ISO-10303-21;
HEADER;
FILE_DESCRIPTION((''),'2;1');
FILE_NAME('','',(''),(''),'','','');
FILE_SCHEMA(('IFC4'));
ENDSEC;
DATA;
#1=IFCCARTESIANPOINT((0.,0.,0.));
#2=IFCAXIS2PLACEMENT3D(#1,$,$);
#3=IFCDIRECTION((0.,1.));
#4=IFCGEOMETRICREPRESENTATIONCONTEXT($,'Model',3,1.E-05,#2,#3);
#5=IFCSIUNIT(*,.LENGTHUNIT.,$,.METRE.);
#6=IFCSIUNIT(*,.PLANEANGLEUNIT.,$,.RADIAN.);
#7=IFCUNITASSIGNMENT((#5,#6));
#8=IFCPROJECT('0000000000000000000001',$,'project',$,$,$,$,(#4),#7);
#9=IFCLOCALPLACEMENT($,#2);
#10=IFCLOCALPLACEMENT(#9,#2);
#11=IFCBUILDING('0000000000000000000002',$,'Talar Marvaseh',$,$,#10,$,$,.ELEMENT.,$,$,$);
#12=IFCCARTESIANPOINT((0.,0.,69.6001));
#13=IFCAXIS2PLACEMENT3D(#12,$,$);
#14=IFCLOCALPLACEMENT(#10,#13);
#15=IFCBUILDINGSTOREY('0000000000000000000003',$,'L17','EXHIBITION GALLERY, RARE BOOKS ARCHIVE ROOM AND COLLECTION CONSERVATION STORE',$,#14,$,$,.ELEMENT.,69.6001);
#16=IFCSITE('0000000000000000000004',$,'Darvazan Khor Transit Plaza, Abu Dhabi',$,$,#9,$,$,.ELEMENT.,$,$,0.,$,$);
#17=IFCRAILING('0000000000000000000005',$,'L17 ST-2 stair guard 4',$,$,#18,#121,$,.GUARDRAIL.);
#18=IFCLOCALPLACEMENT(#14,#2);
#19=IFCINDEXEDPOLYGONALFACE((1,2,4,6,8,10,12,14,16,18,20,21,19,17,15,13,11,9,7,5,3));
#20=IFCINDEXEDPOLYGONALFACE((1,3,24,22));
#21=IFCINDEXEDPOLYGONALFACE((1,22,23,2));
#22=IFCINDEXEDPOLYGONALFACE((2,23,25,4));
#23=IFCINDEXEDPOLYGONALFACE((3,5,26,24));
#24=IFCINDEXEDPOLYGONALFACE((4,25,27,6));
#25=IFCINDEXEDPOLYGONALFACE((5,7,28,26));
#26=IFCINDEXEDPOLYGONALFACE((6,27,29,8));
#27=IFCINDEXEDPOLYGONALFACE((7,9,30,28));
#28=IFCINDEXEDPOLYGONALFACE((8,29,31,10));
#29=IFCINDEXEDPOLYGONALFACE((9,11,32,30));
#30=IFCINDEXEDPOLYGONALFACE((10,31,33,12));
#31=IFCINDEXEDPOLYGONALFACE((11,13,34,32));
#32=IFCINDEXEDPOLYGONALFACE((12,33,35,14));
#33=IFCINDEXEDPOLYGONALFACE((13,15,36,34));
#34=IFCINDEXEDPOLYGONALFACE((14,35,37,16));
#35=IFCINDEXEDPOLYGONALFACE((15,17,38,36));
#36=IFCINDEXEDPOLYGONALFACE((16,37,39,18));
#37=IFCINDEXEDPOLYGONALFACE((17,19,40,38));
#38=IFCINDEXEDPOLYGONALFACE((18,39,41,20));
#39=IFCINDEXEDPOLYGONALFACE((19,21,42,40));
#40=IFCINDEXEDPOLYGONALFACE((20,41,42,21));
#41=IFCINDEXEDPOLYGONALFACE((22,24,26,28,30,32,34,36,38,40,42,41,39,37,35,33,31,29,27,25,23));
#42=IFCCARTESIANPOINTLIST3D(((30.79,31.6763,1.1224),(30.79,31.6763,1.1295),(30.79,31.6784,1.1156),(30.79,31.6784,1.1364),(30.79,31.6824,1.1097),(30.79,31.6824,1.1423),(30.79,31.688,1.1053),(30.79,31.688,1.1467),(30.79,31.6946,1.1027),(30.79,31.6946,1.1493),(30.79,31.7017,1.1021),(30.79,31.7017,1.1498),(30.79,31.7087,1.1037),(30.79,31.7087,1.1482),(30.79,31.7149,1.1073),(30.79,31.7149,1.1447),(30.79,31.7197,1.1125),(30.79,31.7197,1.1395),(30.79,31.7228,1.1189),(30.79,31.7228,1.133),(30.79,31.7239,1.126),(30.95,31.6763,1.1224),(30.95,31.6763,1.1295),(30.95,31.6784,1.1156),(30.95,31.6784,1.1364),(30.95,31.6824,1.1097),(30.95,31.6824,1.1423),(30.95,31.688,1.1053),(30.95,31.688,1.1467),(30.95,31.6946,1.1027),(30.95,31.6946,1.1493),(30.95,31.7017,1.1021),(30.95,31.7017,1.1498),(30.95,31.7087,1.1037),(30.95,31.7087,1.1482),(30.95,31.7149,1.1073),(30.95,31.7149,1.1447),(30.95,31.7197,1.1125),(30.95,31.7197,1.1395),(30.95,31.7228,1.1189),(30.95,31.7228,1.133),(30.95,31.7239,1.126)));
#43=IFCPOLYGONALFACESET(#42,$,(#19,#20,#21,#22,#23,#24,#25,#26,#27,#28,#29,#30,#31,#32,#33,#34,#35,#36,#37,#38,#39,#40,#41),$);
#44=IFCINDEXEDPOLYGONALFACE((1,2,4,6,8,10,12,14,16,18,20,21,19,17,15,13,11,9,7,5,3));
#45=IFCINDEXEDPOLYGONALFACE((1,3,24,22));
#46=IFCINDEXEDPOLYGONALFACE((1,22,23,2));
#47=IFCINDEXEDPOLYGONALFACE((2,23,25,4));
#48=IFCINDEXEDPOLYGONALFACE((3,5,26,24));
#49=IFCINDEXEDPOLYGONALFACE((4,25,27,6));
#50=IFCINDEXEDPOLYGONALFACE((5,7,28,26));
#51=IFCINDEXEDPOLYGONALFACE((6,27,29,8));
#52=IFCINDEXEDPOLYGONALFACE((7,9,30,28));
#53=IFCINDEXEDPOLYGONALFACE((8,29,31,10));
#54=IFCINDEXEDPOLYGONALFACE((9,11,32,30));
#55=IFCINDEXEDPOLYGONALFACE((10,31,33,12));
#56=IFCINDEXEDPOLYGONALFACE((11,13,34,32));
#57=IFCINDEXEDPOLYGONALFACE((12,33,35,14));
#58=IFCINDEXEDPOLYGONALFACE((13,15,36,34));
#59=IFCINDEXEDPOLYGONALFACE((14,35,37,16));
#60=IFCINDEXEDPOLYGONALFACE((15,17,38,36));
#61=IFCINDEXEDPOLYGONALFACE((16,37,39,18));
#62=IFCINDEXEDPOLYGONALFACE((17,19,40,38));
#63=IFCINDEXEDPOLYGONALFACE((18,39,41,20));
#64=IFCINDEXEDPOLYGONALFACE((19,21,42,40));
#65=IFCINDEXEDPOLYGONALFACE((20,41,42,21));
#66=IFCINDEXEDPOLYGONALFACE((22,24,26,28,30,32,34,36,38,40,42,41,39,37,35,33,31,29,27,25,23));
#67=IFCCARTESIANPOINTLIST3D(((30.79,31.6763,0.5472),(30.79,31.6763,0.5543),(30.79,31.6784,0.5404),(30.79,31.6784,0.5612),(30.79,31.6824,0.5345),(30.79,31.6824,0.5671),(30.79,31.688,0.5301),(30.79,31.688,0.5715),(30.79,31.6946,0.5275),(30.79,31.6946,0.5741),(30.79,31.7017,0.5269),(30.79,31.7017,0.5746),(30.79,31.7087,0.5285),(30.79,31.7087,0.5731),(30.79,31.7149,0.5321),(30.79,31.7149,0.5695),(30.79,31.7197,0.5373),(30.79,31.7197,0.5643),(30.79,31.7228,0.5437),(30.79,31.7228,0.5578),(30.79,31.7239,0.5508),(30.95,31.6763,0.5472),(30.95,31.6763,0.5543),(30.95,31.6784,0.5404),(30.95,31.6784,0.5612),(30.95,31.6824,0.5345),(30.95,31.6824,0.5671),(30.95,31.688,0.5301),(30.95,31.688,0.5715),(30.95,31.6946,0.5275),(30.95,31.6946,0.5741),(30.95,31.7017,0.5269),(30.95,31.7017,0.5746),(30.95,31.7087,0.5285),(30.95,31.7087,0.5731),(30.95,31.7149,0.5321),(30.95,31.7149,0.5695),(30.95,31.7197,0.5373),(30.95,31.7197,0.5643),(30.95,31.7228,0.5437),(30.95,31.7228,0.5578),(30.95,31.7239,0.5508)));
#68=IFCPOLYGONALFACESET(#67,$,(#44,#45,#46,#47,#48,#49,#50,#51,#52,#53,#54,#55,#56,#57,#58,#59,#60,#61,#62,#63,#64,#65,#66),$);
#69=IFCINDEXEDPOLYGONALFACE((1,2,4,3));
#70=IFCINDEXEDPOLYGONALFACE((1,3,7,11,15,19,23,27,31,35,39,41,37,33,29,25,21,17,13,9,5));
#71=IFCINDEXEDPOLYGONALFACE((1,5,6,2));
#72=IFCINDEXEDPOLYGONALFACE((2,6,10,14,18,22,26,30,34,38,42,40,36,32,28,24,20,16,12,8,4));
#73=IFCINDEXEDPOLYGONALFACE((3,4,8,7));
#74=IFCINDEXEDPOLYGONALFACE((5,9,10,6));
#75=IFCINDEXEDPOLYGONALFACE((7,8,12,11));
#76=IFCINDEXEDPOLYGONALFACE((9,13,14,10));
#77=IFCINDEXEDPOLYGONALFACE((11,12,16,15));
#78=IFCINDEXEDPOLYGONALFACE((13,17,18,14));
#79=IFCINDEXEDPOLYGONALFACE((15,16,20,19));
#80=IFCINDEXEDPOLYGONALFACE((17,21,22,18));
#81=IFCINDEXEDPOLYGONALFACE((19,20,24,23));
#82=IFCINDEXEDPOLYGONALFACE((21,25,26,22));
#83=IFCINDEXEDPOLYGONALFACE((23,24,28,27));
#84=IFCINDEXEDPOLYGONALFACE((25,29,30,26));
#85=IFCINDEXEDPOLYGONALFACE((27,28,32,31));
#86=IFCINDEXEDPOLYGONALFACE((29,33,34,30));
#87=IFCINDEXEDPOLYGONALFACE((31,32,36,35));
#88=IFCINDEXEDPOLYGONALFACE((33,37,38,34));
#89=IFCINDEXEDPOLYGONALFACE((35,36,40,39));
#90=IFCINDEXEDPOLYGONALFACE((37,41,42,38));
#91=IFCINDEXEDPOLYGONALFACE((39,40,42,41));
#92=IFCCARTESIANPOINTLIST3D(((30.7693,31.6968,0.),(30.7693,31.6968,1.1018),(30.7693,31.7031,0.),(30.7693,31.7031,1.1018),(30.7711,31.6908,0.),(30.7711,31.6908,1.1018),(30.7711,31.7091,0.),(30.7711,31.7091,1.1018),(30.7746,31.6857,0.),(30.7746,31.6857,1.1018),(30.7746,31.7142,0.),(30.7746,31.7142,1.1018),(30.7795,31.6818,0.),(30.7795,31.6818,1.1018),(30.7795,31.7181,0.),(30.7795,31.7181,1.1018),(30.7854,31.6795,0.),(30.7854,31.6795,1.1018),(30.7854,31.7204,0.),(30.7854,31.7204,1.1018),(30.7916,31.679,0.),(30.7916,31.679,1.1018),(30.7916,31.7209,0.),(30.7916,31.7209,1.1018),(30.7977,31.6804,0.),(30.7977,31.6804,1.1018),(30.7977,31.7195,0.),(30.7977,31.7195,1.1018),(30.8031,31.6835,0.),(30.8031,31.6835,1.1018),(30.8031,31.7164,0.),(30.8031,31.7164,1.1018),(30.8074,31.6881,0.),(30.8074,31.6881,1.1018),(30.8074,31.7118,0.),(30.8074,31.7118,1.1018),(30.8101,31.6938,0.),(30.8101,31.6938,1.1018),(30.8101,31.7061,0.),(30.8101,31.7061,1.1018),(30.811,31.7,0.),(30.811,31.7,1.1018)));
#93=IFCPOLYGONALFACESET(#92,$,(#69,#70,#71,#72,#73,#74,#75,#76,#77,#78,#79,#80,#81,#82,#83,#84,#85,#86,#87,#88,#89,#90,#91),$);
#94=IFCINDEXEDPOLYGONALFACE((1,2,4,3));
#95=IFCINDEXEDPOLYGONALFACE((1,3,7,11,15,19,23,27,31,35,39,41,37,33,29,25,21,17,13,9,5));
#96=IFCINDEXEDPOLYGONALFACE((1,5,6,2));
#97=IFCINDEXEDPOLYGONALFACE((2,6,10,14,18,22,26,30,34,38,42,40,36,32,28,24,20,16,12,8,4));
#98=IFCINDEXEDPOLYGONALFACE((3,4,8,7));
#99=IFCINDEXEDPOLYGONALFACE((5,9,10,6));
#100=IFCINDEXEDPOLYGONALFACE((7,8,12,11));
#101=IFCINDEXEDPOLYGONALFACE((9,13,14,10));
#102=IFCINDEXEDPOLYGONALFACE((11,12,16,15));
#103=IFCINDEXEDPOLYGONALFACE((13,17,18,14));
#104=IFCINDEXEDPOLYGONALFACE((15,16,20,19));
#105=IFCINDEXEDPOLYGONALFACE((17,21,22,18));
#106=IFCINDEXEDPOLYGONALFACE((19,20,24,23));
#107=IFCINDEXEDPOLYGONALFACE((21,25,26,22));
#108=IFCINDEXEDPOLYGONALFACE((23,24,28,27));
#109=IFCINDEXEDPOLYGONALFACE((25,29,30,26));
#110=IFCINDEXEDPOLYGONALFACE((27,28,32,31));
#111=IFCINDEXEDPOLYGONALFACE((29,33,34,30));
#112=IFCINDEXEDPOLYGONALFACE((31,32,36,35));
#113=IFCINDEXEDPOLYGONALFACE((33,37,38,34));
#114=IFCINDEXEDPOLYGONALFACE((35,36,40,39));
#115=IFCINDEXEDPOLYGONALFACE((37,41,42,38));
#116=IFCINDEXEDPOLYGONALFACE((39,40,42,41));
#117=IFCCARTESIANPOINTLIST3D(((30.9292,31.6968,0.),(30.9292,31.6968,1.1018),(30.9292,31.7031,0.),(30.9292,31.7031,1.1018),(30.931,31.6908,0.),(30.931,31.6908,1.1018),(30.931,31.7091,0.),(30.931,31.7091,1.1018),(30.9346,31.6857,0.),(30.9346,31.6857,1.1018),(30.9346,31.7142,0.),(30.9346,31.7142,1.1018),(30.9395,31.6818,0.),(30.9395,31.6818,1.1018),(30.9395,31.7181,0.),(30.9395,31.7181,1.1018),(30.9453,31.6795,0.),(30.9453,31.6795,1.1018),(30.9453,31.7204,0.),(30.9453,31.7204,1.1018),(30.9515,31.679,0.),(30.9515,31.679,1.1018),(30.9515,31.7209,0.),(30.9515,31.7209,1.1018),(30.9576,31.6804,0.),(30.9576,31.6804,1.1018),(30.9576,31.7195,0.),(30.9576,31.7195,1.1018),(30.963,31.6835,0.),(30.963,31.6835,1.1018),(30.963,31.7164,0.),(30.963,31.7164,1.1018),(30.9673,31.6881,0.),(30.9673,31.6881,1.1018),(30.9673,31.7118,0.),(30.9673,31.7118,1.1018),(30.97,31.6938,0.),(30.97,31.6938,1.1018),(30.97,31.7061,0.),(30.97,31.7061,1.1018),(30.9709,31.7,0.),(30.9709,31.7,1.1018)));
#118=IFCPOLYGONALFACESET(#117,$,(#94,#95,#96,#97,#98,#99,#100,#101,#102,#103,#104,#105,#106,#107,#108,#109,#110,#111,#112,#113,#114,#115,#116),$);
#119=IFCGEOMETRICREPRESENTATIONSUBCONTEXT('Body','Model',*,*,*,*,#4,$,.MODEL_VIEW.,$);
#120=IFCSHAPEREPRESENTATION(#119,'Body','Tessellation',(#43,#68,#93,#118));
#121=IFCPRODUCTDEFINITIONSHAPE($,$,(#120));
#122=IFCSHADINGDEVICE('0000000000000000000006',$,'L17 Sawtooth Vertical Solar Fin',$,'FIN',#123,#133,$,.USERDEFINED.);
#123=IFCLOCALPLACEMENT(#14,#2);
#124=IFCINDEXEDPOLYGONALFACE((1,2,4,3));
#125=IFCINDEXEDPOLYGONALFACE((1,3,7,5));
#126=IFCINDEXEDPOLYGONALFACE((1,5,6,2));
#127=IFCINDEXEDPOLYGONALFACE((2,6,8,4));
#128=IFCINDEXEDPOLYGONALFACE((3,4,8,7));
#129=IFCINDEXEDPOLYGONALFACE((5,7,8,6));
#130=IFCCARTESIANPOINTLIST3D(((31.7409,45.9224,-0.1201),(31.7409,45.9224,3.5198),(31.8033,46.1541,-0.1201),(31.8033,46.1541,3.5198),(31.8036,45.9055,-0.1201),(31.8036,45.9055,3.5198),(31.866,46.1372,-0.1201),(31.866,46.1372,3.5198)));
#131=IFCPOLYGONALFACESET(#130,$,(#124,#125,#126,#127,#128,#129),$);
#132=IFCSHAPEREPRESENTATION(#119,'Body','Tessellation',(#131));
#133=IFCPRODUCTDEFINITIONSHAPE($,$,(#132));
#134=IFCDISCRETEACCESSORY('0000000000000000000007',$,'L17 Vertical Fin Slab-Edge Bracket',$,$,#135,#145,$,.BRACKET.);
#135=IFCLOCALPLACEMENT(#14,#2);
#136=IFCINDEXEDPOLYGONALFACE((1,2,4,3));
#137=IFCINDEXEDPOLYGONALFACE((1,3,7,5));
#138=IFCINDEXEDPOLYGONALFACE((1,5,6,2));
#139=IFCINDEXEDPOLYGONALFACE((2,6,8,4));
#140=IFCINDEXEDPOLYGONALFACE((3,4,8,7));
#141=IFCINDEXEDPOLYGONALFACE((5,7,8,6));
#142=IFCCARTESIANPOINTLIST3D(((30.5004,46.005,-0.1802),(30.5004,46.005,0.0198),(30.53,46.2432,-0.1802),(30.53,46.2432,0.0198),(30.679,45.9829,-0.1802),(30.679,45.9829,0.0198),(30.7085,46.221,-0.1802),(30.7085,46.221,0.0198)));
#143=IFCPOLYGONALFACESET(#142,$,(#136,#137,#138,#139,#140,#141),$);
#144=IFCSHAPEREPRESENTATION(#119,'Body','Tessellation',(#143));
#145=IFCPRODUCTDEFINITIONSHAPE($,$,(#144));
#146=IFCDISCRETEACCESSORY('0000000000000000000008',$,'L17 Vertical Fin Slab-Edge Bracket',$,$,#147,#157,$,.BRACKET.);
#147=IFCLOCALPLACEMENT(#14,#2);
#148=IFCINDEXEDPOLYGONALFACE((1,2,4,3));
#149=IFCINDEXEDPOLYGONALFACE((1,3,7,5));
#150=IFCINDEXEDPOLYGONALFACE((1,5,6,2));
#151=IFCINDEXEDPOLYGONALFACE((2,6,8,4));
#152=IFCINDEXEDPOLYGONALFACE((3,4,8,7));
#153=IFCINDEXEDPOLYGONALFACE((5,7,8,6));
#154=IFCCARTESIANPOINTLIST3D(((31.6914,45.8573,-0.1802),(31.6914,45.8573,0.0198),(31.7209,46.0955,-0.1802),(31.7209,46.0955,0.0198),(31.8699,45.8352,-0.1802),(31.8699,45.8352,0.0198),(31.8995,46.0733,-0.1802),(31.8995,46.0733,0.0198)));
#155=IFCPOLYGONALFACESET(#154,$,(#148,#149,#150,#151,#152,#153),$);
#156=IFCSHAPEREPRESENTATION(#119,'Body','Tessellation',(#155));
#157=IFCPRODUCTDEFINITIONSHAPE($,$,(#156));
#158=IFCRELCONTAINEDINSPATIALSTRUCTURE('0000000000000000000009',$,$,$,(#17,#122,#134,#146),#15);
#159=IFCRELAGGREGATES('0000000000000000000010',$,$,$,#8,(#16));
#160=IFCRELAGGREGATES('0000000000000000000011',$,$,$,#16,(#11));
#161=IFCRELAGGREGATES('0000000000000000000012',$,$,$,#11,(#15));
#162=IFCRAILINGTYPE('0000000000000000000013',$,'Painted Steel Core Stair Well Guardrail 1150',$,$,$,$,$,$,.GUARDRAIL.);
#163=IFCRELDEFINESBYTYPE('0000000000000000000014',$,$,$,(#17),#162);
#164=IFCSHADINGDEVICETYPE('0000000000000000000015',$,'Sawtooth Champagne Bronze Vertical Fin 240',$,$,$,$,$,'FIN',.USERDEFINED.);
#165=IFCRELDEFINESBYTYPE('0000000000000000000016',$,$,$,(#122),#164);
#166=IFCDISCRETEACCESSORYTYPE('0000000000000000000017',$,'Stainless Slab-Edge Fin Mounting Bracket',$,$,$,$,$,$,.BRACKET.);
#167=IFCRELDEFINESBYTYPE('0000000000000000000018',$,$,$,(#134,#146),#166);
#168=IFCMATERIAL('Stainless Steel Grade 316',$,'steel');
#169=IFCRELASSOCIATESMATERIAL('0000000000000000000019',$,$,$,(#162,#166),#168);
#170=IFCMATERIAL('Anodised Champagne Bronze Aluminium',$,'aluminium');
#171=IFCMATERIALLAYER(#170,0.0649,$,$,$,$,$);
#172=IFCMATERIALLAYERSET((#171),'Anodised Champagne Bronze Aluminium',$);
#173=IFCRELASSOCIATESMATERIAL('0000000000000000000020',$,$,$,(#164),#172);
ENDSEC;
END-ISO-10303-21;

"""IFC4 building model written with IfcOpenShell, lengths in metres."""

from ifc_helpers import new_model, si_unit, direction, frame, origin, origin_2d, place, context, subcontext, project, spatial, rectangle, circle, extrude, source, transform, mapped, material, layer, layer_set, type_object, type_shapes, element, save


model = new_model("IFC4")

# Units and contexts
model_context = context("Model", 3, precision=1e-05, world=origin(), true_north=direction((0.0, 1.0)))
body_context = subcontext(model_context, "Body", "Model", "MODEL_VIEW")
ifc_project = project(units=[si_unit("LENGTHUNIT", "METRE"), si_unit("PLANEANGLEUNIT", "RADIAN")], contexts=[model_context])

# Site, building, storey
site_placement = place(None, origin())
site = spatial("IfcSite", under=ifc_project, at=site_placement, Name="Darvazan Khor Transit Plaza, Abu Dhabi", CompositionType="ELEMENT", RefElevation=0.0)
building_placement = place(site_placement, origin())
building = spatial("IfcBuilding", under=site, at=building_placement, Name="Talar Marvaseh", CompositionType="ELEMENT")
storey_placement = place(building_placement, frame((0.0, 0.0, 69.6001)))
storey = spatial("IfcBuildingStorey", under=building, at=storey_placement, Name="L17", Description="EXHIBITION GALLERY, RARE BOOKS ARCHIVE ROOM AND COLLECTION CONSERVATION STORE", CompositionType="ELEMENT", Elevation=69.6001)

# Shared definitions
ifc_material_1 = material(Name="Stainless Steel Grade 316", Category="steel")

# Railing
railing_type = type_object("IfcRailingType", Name="Painted Steel Core Stair Well Guardrail 1150", PredefinedType="GUARDRAIL", material=ifc_material_1)
railing_placement = place(storey_placement, frame((30.79, 31.7, 0.0)))
element("IfcRailing", 1, at=railing_placement, inside=storey, type_object=railing_type, Name="L17 ST-2 stair guard 4", PredefinedType="GUARDRAIL", context=body_context, shape_type="SweptSolid", body=[
    extrude(circle(Radius=0.0239, at=origin_2d()), frame((0.0, 0.0, 1.126), z_axis=(1.0, 0.0, 0.0), x_axis=(0.0, 1.0, 0.0)), (0.0, 0.0, 1.0), 0.1599),
    extrude(circle(Radius=0.0239, at=origin_2d()), frame((0.0, 0.0, 0.5508), z_axis=(1.0, 0.0, 0.0), x_axis=(0.0, 1.0, 0.0)), (0.0, 0.0, 1.0), 0.1599),
    extrude(circle(Radius=0.021, at=origin_2d()), origin(), (0.0, 0.0, 1.0), 1.1018),
    extrude(circle(Radius=0.021, at=origin_2d()), frame((0.1599, 0.0, 0.0)), (0.0, 0.0, 1.0), 1.1018),
])

# Shading device
ifc_material_2 = material(Name="Anodised Champagne Bronze Aluminium", Category="aluminium")
ifc_layer_1 = layer(ifc_material_2, 0.0649)
ifc_layer_set_1 = layer_set([ifc_layer_1], Name="Anodised Champagne Bronze Aluminium")
shading_device_type = type_object("IfcShadingDeviceType", Name="Sawtooth Champagne Bronze Vertical Fin 240", ElementType="FIN", PredefinedType="USERDEFINED", material=ifc_layer_set_1)
shared_shape_1 = source(origin(), body_context, "Body", "SweptSolid", [
    extrude(rectangle(XDim=0.24, YDim=0.0649, at=origin_2d()), origin(), (0.0, 0.0, 1.0), 3.6399),
])
type_shapes(shading_device_type, [shared_shape_1])
shading_device_placement = place(storey_placement, frame((31.8035, 46.0298, -0.1201), z_axis=(0.0, 0.0, 1.0), x_axis=(0.259999, 0.965609, 0.0)))
element("IfcShadingDevice", 2, at=shading_device_placement, inside=storey, type_object=shading_device_type, Name="L17 Sawtooth Vertical Solar Fin", ObjectType="FIN", PredefinedType="USERDEFINED", context=body_context, shape_type="MappedRepresentation", body=[
    mapped(shared_shape_1, transform((0.0, 0.0, 0.0), x_axis=(1.0, 0.0, 0.0), y_axis=(0.0, 1.0, 0.0), z_axis=(0.0, 0.0, 1.0), scale=1.0)),
])

# Discrete accessories
discrete_accessory_type = type_object("IfcDiscreteAccessoryType", Name="Stainless Slab-Edge Fin Mounting Bracket", PredefinedType="BRACKET", material=ifc_material_1)
shared_shape_2 = source(origin(), body_context, "Body", "SweptSolid", [
    extrude(rectangle(XDim=0.24, YDim=0.1799, at=origin_2d()), origin(), (0.0, 0.0, 1.0), 0.2),
])
type_shapes(discrete_accessory_type, [shared_shape_2])
for number, where, z_axis, x_axis, name in (
    (3, (30.6045, 46.113, -0.1802), (0.0, 0.0, 1.0), (0.123082, 0.992397, 0.0), "L17 Vertical Fin Slab-Edge Bracket"),
    (4, (31.7954, 45.9653, -0.1802), (0.0, 0.0, 1.0), (0.123082, 0.992397, 0.0), "L17 Vertical Fin Slab-Edge Bracket"),
):
    element("IfcDiscreteAccessory", number, at=place(storey_placement, frame(where, z_axis=z_axis, x_axis=x_axis)), inside=storey, type_object=discrete_accessory_type, Name=name, PredefinedType="BRACKET", context=body_context, shape_type="MappedRepresentation", body=[
        mapped(shared_shape_2, transform((0.0, 0.0, 0.0), x_axis=(1.0, 0.0, 0.0), y_axis=(0.0, 1.0, 0.0), z_axis=(0.0, 0.0, 1.0), scale=1.0)),
    ])

save(model, "model.ifc")
